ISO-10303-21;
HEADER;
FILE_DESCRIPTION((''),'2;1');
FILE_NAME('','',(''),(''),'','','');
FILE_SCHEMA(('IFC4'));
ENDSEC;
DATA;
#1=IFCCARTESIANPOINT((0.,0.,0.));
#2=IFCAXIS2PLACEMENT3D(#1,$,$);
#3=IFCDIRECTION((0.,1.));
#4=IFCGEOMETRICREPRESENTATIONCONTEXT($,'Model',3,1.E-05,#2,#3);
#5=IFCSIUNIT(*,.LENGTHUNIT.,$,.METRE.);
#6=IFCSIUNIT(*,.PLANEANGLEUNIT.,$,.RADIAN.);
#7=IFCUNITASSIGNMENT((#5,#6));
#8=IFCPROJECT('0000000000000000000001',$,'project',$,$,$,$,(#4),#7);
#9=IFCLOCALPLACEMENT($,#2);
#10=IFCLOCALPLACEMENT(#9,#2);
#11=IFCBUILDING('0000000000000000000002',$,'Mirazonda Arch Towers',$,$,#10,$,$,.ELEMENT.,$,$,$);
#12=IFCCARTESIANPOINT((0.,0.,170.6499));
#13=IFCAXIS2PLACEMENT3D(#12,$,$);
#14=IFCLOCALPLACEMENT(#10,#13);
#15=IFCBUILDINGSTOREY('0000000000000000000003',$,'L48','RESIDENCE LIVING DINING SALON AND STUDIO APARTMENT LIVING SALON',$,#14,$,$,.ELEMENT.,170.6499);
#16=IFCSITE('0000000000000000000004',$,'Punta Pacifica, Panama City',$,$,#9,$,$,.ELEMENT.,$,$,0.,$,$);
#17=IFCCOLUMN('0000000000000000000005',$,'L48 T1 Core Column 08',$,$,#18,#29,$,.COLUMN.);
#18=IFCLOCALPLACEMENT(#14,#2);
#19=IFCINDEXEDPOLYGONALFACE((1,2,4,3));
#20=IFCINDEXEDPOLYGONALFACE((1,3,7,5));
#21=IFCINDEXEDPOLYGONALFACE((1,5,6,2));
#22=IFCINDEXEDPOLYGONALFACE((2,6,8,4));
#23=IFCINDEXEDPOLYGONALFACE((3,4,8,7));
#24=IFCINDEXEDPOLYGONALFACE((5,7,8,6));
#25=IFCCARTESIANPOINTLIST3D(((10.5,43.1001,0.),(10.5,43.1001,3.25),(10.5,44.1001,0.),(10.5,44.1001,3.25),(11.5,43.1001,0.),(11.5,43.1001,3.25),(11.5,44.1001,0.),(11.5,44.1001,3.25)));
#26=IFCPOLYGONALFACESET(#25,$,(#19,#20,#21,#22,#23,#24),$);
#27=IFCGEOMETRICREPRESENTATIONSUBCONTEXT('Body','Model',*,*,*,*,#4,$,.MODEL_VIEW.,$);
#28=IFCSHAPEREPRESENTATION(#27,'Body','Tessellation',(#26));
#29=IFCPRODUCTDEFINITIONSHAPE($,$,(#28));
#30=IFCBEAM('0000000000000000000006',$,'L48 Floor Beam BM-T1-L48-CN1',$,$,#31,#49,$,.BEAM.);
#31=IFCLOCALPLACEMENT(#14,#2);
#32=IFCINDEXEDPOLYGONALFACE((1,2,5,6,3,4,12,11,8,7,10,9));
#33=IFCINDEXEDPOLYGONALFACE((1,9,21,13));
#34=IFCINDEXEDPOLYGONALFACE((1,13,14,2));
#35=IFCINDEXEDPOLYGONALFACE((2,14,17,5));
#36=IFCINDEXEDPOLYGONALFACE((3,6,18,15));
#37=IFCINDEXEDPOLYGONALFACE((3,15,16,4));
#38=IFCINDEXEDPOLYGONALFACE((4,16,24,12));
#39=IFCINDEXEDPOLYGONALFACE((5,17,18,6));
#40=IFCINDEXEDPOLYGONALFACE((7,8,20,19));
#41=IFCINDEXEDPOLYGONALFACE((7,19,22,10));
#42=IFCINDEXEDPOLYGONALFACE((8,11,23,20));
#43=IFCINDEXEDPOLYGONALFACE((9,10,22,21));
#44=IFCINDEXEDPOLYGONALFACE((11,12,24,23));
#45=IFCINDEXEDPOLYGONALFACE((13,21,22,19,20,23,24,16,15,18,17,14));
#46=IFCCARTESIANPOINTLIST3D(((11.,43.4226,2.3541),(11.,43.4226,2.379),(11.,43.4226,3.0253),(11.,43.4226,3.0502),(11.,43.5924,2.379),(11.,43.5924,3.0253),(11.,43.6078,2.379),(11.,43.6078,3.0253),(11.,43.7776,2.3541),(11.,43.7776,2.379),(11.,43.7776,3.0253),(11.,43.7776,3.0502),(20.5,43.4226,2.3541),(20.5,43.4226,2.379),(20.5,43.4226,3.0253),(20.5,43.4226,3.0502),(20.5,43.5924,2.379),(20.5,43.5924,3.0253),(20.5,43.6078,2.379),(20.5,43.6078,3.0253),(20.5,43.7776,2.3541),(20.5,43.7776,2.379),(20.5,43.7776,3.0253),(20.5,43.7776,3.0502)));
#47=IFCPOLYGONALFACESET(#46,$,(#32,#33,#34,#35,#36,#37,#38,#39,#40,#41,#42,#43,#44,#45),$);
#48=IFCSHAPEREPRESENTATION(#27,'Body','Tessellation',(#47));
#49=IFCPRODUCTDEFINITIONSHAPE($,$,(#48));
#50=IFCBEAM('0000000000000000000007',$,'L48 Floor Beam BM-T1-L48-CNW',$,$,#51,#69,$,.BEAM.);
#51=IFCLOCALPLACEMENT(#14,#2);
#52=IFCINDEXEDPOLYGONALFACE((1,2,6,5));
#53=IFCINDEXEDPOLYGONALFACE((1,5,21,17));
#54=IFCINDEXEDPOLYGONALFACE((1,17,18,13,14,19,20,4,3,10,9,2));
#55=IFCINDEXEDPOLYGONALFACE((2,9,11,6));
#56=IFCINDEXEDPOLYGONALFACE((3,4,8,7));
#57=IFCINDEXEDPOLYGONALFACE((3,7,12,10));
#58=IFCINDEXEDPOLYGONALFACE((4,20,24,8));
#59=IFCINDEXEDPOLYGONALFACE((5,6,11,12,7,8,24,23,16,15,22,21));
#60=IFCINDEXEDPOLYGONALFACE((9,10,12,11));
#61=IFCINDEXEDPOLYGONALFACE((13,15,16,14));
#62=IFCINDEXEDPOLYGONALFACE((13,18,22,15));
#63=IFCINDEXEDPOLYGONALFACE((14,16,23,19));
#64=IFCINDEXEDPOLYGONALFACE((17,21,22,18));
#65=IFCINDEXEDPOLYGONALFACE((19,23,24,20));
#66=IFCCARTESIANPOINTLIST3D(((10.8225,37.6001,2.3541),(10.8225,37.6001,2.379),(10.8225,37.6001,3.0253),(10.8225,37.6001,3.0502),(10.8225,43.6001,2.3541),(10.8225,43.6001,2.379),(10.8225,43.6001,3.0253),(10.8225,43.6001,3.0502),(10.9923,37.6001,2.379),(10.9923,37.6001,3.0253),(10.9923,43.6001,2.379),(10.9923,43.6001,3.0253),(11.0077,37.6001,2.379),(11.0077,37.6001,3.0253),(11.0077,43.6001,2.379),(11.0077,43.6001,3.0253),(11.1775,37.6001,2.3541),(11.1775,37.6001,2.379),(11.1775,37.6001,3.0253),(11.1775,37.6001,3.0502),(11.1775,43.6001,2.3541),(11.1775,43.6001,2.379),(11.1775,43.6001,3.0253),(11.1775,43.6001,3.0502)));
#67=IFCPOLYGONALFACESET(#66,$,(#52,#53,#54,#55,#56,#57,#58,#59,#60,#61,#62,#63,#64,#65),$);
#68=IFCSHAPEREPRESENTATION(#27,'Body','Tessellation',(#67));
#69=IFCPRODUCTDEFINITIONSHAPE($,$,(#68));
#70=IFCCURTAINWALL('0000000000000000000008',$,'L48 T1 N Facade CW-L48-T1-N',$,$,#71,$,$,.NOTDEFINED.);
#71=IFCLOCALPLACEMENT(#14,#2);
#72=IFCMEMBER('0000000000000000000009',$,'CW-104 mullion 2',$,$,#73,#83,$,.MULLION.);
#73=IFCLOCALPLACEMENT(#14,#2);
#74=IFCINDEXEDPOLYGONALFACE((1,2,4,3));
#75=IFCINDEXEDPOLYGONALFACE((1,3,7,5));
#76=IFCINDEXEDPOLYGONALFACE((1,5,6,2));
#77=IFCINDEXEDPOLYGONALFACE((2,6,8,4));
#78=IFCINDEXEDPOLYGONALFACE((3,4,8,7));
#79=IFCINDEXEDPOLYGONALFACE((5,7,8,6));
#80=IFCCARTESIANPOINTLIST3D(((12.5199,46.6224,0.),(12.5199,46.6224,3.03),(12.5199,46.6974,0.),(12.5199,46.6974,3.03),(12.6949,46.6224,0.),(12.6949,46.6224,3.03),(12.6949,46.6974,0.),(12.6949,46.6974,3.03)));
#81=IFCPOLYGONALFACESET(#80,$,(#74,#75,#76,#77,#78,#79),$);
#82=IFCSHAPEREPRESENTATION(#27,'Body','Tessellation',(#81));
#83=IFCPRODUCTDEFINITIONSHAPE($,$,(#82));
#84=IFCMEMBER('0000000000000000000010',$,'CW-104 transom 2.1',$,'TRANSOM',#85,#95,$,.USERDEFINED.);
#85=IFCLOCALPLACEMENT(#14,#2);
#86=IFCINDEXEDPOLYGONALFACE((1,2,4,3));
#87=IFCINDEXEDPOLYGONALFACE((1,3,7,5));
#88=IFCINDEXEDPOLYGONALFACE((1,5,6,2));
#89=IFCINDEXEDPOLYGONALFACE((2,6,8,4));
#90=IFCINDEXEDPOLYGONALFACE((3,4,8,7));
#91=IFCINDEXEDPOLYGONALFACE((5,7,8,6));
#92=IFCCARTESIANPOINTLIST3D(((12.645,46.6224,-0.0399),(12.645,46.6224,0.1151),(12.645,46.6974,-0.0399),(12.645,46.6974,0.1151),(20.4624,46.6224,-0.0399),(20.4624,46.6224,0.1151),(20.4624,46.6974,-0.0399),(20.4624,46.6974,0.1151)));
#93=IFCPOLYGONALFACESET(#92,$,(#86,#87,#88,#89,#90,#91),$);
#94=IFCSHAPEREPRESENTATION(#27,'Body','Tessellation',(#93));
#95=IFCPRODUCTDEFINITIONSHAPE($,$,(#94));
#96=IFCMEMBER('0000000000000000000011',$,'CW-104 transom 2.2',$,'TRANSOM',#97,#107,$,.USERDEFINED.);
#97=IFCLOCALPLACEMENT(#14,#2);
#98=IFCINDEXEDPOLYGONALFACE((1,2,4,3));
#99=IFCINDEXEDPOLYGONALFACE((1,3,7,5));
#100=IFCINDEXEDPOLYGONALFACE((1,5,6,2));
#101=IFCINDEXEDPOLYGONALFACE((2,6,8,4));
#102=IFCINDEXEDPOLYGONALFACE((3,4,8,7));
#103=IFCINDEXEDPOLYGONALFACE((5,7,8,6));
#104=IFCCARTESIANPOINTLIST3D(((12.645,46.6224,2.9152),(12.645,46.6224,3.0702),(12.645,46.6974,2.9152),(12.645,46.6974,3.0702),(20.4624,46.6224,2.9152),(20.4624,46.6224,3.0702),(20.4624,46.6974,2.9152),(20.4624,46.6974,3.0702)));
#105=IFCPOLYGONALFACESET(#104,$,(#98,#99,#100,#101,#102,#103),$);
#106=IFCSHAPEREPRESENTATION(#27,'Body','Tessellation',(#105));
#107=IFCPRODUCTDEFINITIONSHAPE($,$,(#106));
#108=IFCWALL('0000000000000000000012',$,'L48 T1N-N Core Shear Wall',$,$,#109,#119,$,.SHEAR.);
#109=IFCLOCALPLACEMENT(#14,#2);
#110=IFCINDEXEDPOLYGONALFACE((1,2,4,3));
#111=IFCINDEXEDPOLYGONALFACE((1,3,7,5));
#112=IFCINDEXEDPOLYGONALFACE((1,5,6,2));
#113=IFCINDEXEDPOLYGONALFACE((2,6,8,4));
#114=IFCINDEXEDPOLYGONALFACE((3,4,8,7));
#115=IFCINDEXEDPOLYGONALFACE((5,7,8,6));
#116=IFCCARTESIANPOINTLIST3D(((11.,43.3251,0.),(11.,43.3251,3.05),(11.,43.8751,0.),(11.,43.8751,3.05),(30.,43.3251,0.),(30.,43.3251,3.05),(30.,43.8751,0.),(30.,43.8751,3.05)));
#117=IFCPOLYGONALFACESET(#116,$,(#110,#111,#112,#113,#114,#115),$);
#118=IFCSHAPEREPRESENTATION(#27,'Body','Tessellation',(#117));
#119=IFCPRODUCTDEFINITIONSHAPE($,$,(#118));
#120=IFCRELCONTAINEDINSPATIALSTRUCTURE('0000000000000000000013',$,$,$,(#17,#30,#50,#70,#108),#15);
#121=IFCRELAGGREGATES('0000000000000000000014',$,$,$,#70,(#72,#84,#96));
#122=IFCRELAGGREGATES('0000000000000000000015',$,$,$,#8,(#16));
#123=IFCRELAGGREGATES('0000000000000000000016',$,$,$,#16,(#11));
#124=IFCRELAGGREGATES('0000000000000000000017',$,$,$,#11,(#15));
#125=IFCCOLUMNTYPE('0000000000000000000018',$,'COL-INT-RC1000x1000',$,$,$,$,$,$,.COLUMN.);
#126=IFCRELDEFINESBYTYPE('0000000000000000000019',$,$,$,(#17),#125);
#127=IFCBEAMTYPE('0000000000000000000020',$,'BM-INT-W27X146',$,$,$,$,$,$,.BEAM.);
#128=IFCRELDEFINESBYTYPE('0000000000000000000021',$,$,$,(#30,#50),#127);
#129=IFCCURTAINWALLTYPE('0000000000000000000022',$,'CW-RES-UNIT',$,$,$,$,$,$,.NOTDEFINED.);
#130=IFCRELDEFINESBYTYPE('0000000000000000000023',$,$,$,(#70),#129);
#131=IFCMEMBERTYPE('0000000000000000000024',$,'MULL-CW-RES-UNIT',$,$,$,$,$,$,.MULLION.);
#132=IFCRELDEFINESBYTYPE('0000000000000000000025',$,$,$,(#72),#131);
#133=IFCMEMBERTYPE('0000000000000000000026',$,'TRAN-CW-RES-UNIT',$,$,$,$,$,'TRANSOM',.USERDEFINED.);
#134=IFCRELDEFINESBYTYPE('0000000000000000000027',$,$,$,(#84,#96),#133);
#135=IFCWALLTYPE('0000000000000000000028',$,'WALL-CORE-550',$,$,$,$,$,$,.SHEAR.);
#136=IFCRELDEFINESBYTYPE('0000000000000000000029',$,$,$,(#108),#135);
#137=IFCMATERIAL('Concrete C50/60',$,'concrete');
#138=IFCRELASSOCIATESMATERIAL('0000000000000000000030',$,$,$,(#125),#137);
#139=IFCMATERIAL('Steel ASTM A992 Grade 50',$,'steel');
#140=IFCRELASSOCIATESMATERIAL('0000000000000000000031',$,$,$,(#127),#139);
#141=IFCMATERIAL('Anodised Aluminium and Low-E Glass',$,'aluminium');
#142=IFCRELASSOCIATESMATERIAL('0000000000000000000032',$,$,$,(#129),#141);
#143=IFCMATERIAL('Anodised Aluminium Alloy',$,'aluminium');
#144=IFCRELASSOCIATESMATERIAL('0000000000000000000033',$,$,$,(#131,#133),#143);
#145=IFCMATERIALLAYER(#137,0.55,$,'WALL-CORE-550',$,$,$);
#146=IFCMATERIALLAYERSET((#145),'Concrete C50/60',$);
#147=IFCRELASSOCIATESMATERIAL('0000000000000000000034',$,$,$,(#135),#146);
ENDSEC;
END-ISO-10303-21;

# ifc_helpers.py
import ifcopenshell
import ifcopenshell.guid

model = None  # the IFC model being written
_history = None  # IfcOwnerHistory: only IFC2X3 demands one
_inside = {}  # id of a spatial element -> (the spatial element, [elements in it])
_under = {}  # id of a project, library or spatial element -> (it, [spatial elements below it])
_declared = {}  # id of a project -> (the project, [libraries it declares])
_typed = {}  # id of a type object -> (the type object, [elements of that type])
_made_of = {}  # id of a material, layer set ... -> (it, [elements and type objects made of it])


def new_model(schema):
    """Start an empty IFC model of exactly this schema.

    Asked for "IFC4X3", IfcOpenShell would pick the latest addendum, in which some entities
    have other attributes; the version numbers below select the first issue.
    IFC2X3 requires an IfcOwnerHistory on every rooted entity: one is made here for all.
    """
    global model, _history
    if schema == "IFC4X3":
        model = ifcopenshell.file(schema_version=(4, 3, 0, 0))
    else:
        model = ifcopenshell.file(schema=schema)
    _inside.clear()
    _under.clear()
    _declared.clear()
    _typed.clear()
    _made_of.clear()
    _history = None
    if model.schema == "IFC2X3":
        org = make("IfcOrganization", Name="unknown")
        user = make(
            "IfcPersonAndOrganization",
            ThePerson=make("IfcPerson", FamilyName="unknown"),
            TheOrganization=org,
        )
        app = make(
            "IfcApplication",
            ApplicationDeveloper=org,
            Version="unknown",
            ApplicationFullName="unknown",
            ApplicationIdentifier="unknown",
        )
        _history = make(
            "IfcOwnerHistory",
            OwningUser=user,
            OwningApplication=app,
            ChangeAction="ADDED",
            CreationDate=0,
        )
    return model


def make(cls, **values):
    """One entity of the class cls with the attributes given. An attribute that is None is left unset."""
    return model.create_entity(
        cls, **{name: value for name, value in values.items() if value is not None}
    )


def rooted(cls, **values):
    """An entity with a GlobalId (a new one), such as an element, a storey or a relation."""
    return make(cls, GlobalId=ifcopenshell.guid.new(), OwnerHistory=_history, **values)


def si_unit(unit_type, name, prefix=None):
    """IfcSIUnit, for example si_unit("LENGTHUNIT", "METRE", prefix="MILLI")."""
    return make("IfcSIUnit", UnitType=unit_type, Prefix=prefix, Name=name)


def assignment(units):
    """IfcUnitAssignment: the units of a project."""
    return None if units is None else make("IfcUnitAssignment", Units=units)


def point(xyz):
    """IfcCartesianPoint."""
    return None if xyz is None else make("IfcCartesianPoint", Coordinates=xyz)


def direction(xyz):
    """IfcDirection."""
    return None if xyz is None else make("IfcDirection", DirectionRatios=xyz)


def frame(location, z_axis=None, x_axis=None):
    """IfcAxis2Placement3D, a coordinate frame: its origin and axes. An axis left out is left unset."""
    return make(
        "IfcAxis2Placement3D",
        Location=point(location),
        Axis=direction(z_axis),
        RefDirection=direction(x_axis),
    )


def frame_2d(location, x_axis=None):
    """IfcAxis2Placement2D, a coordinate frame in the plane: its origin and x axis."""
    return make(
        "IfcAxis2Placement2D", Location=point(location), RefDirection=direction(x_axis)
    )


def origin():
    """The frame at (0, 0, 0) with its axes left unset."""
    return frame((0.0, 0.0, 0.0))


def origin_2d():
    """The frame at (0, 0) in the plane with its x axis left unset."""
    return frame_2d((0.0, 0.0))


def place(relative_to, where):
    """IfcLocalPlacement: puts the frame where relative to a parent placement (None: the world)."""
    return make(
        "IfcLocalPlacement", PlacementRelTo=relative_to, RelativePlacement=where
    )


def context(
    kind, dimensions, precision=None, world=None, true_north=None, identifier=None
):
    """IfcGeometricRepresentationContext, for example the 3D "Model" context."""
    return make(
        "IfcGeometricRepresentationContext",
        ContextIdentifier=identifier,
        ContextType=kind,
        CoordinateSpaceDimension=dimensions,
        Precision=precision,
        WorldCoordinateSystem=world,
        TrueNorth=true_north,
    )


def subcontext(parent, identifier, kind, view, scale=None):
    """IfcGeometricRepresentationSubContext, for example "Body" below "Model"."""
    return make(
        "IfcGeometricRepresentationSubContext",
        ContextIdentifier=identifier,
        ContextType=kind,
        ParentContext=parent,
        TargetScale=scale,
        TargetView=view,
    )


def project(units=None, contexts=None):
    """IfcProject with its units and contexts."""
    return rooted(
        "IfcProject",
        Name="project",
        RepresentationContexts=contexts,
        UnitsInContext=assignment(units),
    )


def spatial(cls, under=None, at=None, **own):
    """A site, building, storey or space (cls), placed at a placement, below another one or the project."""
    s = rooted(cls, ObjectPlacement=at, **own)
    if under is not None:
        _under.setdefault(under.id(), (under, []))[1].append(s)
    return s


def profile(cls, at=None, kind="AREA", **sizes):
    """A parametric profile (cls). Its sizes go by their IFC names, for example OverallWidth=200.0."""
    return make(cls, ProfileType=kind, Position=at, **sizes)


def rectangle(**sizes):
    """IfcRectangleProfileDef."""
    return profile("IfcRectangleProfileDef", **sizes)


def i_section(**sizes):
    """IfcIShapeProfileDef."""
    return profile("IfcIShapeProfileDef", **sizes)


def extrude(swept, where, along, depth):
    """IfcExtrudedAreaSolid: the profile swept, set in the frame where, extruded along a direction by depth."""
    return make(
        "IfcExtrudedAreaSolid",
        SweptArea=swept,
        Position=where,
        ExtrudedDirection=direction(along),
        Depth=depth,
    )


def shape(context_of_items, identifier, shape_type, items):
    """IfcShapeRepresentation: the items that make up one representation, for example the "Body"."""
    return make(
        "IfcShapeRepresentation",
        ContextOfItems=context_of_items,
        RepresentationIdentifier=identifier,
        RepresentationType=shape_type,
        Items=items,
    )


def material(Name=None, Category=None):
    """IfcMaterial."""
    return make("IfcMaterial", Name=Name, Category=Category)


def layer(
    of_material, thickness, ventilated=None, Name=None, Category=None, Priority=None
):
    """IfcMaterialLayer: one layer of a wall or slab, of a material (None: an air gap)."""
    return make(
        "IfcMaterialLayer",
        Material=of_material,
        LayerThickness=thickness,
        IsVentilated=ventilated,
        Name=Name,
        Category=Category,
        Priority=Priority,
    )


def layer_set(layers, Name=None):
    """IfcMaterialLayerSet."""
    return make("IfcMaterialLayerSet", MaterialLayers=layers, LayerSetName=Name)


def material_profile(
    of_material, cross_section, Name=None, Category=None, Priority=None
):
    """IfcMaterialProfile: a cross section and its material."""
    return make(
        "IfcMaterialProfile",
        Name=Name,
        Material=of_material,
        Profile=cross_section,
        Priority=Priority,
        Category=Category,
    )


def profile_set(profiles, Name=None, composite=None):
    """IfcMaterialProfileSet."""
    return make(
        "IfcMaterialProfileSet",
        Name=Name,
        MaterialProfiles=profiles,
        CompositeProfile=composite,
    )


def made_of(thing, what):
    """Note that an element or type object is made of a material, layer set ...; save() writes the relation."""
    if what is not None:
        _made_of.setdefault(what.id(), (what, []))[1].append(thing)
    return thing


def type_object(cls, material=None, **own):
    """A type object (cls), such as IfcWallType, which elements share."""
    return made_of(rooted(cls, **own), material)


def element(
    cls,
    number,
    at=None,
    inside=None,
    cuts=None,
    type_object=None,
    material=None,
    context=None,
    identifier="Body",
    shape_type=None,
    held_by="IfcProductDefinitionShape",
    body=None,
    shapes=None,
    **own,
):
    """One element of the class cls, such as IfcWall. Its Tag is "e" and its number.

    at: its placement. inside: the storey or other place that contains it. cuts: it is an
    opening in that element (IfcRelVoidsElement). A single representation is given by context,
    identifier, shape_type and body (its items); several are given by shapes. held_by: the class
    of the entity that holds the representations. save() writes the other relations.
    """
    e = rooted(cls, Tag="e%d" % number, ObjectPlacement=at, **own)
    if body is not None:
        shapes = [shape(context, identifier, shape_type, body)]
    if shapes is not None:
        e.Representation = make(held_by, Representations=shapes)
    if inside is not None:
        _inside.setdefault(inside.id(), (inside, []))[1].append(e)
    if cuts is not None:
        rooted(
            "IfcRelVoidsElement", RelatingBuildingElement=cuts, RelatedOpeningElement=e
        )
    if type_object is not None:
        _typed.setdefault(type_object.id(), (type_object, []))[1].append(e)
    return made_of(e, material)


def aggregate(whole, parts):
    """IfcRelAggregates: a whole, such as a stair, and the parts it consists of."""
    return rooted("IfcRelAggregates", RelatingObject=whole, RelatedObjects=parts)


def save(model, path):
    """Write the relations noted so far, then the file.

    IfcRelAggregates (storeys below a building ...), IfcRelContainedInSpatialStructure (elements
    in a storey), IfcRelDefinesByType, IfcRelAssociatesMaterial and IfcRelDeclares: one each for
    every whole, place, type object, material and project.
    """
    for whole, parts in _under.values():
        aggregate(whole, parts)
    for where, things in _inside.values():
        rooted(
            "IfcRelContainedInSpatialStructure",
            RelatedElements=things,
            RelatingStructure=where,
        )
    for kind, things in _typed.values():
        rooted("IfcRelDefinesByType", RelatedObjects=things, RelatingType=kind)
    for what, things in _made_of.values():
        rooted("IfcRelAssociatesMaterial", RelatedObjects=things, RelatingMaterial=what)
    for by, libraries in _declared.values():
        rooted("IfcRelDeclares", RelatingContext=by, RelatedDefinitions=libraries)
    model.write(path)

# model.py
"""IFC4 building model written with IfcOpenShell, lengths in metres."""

from ifc_helpers import new_model, si_unit, direction, frame, frame_2d, origin, origin_2d, place, context, subcontext, project, spatial, rectangle, i_section, extrude, material, layer, layer_set, material_profile, profile_set, type_object, element, aggregate, save


model = new_model("IFC4")

# Units and contexts
model_context = context("Model", 3, precision=1e-05, world=origin(), true_north=direction((0.0, 1.0)))
body_context = subcontext(model_context, "Body", "Model", "MODEL_VIEW")
ifc_project = project(units=[si_unit("LENGTHUNIT", "METRE"), si_unit("PLANEANGLEUNIT", "RADIAN")], contexts=[model_context])

# Site, building, storey
site_placement = place(None, origin())
site = spatial("IfcSite", under=ifc_project, at=site_placement, Name="Punta Pacifica, Panama City", CompositionType="ELEMENT", RefElevation=0.0)
building_placement = place(site_placement, origin())
building = spatial("IfcBuilding", under=site, at=building_placement, Name="Mirazonda Arch Towers", CompositionType="ELEMENT")
storey_placement = place(building_placement, frame((0.0, 0.0, 170.6499)))
storey = spatial("IfcBuildingStorey", under=building, at=storey_placement, Name="L48", Description="RESIDENCE LIVING DINING SALON AND STUDIO APARTMENT LIVING SALON", CompositionType="ELEMENT", Elevation=170.6499)

# Column
ifc_material_1 = material(Name="Concrete C50/60", Category="concrete")
ifc_material_profile_1 = material_profile(ifc_material_1, rectangle(XDim=1.0, YDim=1.0, at=origin_2d()), Name="RC1000x1000")
ifc_profile_set_1 = profile_set([ifc_material_profile_1], Name="Concrete C50/60")
column_type = type_object("IfcColumnType", Name="COL-INT-RC1000x1000", PredefinedType="COLUMN", material=ifc_profile_set_1)
column_placement = place(storey_placement, frame((11.0, 43.6001, 0.0), z_axis=(0.0, 0.0, 1.0), x_axis=(1.0, 0.0, 0.0)))
element("IfcColumn", 1, at=column_placement, inside=storey, type_object=column_type, Name="L48 T1 Core Column 08", PredefinedType="COLUMN", context=body_context, shape_type="SweptSolid", body=[
    extrude(rectangle(XDim=1.0, YDim=1.0, at=origin_2d()), origin(), (0.0, 0.0, 1.0), 3.25),
])

# Beams
ifc_material_2 = material(Name="Steel ASTM A992 Grade 50", Category="steel")
ifc_material_profile_2 = material_profile(ifc_material_2, i_section(OverallWidth=0.355, OverallDepth=0.696, WebThickness=0.0154, FlangeThickness=0.0249, at=origin_2d()), Name="W27X146")
ifc_profile_set_2 = profile_set([ifc_material_profile_2], Name="Steel ASTM A992 Grade 50")
beam_type = type_object("IfcBeamType", Name="BM-INT-W27X146", PredefinedType="BEAM", material=ifc_profile_set_2)
beam_1_placement = place(storey_placement, frame((11.0, 43.6001, 2.7021), z_axis=(1.0, 0.0, 0.0), x_axis=(0.0, 1.0, 0.0)))
element("IfcBeam", 2, at=beam_1_placement, inside=storey, type_object=beam_type, Name="L48 Floor Beam BM-T1-L48-CN1", PredefinedType="BEAM", context=body_context, shape_type="SweptSolid", body=[
    extrude(i_section(OverallWidth=0.355, OverallDepth=0.696, WebThickness=0.0154, FlangeThickness=0.0249, at=origin_2d()), origin(), (0.0, 0.0, 1.0), 9.5),
])
beam_2_placement = place(storey_placement, frame((11.0, 37.6001, 2.7021), z_axis=(0.0, 1.0, 0.0), x_axis=(-1.0, 0.0, 0.0)))
element("IfcBeam", 3, at=beam_2_placement, inside=storey, type_object=beam_type, Name="L48 Floor Beam BM-T1-L48-CNW", PredefinedType="BEAM", context=body_context, shape_type="SweptSolid", body=[
    extrude(i_section(OverallWidth=0.355, OverallDepth=0.696, WebThickness=0.0154, FlangeThickness=0.0249, at=origin_2d()), origin(), (0.0, 0.0, 1.0), 6.0),
])

# Curtain wall, members
ifc_material_3 = material(Name="Anodised Aluminium and Low-E Glass", Category="aluminium")
curtain_wall_type = type_object("IfcCurtainWallType", Name="CW-RES-UNIT", PredefinedType="NOTDEFINED", material=ifc_material_3)
curtain_wall_placement = place(storey_placement, origin())
curtain_wall = element("IfcCurtainWall", 4, at=curtain_wall_placement, inside=storey, type_object=curtain_wall_type, Name="L48 T1 N Facade CW-L48-T1-N", PredefinedType="NOTDEFINED")
ifc_material_4 = material(Name="Anodised Aluminium Alloy", Category="aluminium")
ifc_material_profile_3 = material_profile(ifc_material_4, rectangle(XDim=0.075, YDim=0.175, at=origin_2d()), Name="ALU-MULL-75x175")
ifc_profile_set_3 = profile_set([ifc_material_profile_3], Name="Anodised Aluminium Alloy")
member_type_1 = type_object("IfcMemberType", Name="MULL-CW-RES-UNIT", PredefinedType="MULLION", material=ifc_profile_set_3)
member_1_placement = place(storey_placement, frame((12.6074, 46.6599, 0.0), z_axis=(0.0, 0.0, 1.0), x_axis=(0.0, 1.0, 0.0)))
member_1 = element("IfcMember", 5, at=member_1_placement, type_object=member_type_1, Name="CW-104 mullion 2", PredefinedType="MULLION", context=body_context, shape_type="SweptSolid", body=[
    extrude(rectangle(XDim=0.075, YDim=0.175, at=origin_2d()), origin(), (0.0, 0.0, 1.0), 3.03),
])
ifc_material_profile_4 = material_profile(ifc_material_4, rectangle(XDim=0.075, YDim=0.155, at=origin_2d()), Name="ALU-TRAN-75x155")
ifc_profile_set_4 = profile_set([ifc_material_profile_4], Name="Anodised Aluminium Alloy")
member_type_2 = type_object("IfcMemberType", Name="TRAN-CW-RES-UNIT", ElementType="TRANSOM", PredefinedType="USERDEFINED", material=ifc_profile_set_4)
member_2_placement = place(storey_placement, frame((12.645, 46.6599, 0.0376), z_axis=(1.0, 0.0, 0.0), x_axis=(0.0, 1.0, 0.0)))
member_2 = element("IfcMember", 6, at=member_2_placement, type_object=member_type_2, Name="CW-104 transom 2.1", ObjectType="TRANSOM", PredefinedType="USERDEFINED", context=body_context, shape_type="SweptSolid", body=[
    extrude(rectangle(XDim=0.075, YDim=0.155, at=origin_2d()), origin(), (0.0, 0.0, 1.0), 7.8174),
])
member_3_placement = place(storey_placement, frame((12.645, 46.6599, 2.9927), z_axis=(1.0, 0.0, 0.0), x_axis=(0.0, 1.0, 0.0)))
member_3 = element("IfcMember", 7, at=member_3_placement, type_object=member_type_2, Name="CW-104 transom 2.2", ObjectType="TRANSOM", PredefinedType="USERDEFINED", context=body_context, shape_type="SweptSolid", body=[
    extrude(rectangle(XDim=0.075, YDim=0.155, at=origin_2d()), origin(), (0.0, 0.0, 1.0), 7.8174),
])
aggregate(curtain_wall, [member_1, member_2, member_3])

# Wall
ifc_layer_1 = layer(ifc_material_1, 0.55, Name="WALL-CORE-550")
ifc_layer_set_1 = layer_set([ifc_layer_1], Name="Concrete C50/60")
wall_type_1 = type_object("IfcWallType", Name="WALL-CORE-550", PredefinedType="SHEAR", material=ifc_layer_set_1)
wall_1_placement = place(storey_placement, frame((11.0, 43.6001, 0.0), z_axis=(0.0, 0.0, 1.0), x_axis=(1.0, 0.0, 0.0)))
element("IfcWall", 8, at=wall_1_placement, inside=storey, type_object=wall_type_1, Name="L48 T1N-N Core Shear Wall", PredefinedType="SHEAR", context=body_context, shape_type="SweptSolid", body=[
    extrude(rectangle(XDim=19.0, YDim=0.55, at=frame_2d((9.5, 0.0))), origin(), (0.0, 0.0, 1.0), 3.05),
])

save(model, "model.ifc")
